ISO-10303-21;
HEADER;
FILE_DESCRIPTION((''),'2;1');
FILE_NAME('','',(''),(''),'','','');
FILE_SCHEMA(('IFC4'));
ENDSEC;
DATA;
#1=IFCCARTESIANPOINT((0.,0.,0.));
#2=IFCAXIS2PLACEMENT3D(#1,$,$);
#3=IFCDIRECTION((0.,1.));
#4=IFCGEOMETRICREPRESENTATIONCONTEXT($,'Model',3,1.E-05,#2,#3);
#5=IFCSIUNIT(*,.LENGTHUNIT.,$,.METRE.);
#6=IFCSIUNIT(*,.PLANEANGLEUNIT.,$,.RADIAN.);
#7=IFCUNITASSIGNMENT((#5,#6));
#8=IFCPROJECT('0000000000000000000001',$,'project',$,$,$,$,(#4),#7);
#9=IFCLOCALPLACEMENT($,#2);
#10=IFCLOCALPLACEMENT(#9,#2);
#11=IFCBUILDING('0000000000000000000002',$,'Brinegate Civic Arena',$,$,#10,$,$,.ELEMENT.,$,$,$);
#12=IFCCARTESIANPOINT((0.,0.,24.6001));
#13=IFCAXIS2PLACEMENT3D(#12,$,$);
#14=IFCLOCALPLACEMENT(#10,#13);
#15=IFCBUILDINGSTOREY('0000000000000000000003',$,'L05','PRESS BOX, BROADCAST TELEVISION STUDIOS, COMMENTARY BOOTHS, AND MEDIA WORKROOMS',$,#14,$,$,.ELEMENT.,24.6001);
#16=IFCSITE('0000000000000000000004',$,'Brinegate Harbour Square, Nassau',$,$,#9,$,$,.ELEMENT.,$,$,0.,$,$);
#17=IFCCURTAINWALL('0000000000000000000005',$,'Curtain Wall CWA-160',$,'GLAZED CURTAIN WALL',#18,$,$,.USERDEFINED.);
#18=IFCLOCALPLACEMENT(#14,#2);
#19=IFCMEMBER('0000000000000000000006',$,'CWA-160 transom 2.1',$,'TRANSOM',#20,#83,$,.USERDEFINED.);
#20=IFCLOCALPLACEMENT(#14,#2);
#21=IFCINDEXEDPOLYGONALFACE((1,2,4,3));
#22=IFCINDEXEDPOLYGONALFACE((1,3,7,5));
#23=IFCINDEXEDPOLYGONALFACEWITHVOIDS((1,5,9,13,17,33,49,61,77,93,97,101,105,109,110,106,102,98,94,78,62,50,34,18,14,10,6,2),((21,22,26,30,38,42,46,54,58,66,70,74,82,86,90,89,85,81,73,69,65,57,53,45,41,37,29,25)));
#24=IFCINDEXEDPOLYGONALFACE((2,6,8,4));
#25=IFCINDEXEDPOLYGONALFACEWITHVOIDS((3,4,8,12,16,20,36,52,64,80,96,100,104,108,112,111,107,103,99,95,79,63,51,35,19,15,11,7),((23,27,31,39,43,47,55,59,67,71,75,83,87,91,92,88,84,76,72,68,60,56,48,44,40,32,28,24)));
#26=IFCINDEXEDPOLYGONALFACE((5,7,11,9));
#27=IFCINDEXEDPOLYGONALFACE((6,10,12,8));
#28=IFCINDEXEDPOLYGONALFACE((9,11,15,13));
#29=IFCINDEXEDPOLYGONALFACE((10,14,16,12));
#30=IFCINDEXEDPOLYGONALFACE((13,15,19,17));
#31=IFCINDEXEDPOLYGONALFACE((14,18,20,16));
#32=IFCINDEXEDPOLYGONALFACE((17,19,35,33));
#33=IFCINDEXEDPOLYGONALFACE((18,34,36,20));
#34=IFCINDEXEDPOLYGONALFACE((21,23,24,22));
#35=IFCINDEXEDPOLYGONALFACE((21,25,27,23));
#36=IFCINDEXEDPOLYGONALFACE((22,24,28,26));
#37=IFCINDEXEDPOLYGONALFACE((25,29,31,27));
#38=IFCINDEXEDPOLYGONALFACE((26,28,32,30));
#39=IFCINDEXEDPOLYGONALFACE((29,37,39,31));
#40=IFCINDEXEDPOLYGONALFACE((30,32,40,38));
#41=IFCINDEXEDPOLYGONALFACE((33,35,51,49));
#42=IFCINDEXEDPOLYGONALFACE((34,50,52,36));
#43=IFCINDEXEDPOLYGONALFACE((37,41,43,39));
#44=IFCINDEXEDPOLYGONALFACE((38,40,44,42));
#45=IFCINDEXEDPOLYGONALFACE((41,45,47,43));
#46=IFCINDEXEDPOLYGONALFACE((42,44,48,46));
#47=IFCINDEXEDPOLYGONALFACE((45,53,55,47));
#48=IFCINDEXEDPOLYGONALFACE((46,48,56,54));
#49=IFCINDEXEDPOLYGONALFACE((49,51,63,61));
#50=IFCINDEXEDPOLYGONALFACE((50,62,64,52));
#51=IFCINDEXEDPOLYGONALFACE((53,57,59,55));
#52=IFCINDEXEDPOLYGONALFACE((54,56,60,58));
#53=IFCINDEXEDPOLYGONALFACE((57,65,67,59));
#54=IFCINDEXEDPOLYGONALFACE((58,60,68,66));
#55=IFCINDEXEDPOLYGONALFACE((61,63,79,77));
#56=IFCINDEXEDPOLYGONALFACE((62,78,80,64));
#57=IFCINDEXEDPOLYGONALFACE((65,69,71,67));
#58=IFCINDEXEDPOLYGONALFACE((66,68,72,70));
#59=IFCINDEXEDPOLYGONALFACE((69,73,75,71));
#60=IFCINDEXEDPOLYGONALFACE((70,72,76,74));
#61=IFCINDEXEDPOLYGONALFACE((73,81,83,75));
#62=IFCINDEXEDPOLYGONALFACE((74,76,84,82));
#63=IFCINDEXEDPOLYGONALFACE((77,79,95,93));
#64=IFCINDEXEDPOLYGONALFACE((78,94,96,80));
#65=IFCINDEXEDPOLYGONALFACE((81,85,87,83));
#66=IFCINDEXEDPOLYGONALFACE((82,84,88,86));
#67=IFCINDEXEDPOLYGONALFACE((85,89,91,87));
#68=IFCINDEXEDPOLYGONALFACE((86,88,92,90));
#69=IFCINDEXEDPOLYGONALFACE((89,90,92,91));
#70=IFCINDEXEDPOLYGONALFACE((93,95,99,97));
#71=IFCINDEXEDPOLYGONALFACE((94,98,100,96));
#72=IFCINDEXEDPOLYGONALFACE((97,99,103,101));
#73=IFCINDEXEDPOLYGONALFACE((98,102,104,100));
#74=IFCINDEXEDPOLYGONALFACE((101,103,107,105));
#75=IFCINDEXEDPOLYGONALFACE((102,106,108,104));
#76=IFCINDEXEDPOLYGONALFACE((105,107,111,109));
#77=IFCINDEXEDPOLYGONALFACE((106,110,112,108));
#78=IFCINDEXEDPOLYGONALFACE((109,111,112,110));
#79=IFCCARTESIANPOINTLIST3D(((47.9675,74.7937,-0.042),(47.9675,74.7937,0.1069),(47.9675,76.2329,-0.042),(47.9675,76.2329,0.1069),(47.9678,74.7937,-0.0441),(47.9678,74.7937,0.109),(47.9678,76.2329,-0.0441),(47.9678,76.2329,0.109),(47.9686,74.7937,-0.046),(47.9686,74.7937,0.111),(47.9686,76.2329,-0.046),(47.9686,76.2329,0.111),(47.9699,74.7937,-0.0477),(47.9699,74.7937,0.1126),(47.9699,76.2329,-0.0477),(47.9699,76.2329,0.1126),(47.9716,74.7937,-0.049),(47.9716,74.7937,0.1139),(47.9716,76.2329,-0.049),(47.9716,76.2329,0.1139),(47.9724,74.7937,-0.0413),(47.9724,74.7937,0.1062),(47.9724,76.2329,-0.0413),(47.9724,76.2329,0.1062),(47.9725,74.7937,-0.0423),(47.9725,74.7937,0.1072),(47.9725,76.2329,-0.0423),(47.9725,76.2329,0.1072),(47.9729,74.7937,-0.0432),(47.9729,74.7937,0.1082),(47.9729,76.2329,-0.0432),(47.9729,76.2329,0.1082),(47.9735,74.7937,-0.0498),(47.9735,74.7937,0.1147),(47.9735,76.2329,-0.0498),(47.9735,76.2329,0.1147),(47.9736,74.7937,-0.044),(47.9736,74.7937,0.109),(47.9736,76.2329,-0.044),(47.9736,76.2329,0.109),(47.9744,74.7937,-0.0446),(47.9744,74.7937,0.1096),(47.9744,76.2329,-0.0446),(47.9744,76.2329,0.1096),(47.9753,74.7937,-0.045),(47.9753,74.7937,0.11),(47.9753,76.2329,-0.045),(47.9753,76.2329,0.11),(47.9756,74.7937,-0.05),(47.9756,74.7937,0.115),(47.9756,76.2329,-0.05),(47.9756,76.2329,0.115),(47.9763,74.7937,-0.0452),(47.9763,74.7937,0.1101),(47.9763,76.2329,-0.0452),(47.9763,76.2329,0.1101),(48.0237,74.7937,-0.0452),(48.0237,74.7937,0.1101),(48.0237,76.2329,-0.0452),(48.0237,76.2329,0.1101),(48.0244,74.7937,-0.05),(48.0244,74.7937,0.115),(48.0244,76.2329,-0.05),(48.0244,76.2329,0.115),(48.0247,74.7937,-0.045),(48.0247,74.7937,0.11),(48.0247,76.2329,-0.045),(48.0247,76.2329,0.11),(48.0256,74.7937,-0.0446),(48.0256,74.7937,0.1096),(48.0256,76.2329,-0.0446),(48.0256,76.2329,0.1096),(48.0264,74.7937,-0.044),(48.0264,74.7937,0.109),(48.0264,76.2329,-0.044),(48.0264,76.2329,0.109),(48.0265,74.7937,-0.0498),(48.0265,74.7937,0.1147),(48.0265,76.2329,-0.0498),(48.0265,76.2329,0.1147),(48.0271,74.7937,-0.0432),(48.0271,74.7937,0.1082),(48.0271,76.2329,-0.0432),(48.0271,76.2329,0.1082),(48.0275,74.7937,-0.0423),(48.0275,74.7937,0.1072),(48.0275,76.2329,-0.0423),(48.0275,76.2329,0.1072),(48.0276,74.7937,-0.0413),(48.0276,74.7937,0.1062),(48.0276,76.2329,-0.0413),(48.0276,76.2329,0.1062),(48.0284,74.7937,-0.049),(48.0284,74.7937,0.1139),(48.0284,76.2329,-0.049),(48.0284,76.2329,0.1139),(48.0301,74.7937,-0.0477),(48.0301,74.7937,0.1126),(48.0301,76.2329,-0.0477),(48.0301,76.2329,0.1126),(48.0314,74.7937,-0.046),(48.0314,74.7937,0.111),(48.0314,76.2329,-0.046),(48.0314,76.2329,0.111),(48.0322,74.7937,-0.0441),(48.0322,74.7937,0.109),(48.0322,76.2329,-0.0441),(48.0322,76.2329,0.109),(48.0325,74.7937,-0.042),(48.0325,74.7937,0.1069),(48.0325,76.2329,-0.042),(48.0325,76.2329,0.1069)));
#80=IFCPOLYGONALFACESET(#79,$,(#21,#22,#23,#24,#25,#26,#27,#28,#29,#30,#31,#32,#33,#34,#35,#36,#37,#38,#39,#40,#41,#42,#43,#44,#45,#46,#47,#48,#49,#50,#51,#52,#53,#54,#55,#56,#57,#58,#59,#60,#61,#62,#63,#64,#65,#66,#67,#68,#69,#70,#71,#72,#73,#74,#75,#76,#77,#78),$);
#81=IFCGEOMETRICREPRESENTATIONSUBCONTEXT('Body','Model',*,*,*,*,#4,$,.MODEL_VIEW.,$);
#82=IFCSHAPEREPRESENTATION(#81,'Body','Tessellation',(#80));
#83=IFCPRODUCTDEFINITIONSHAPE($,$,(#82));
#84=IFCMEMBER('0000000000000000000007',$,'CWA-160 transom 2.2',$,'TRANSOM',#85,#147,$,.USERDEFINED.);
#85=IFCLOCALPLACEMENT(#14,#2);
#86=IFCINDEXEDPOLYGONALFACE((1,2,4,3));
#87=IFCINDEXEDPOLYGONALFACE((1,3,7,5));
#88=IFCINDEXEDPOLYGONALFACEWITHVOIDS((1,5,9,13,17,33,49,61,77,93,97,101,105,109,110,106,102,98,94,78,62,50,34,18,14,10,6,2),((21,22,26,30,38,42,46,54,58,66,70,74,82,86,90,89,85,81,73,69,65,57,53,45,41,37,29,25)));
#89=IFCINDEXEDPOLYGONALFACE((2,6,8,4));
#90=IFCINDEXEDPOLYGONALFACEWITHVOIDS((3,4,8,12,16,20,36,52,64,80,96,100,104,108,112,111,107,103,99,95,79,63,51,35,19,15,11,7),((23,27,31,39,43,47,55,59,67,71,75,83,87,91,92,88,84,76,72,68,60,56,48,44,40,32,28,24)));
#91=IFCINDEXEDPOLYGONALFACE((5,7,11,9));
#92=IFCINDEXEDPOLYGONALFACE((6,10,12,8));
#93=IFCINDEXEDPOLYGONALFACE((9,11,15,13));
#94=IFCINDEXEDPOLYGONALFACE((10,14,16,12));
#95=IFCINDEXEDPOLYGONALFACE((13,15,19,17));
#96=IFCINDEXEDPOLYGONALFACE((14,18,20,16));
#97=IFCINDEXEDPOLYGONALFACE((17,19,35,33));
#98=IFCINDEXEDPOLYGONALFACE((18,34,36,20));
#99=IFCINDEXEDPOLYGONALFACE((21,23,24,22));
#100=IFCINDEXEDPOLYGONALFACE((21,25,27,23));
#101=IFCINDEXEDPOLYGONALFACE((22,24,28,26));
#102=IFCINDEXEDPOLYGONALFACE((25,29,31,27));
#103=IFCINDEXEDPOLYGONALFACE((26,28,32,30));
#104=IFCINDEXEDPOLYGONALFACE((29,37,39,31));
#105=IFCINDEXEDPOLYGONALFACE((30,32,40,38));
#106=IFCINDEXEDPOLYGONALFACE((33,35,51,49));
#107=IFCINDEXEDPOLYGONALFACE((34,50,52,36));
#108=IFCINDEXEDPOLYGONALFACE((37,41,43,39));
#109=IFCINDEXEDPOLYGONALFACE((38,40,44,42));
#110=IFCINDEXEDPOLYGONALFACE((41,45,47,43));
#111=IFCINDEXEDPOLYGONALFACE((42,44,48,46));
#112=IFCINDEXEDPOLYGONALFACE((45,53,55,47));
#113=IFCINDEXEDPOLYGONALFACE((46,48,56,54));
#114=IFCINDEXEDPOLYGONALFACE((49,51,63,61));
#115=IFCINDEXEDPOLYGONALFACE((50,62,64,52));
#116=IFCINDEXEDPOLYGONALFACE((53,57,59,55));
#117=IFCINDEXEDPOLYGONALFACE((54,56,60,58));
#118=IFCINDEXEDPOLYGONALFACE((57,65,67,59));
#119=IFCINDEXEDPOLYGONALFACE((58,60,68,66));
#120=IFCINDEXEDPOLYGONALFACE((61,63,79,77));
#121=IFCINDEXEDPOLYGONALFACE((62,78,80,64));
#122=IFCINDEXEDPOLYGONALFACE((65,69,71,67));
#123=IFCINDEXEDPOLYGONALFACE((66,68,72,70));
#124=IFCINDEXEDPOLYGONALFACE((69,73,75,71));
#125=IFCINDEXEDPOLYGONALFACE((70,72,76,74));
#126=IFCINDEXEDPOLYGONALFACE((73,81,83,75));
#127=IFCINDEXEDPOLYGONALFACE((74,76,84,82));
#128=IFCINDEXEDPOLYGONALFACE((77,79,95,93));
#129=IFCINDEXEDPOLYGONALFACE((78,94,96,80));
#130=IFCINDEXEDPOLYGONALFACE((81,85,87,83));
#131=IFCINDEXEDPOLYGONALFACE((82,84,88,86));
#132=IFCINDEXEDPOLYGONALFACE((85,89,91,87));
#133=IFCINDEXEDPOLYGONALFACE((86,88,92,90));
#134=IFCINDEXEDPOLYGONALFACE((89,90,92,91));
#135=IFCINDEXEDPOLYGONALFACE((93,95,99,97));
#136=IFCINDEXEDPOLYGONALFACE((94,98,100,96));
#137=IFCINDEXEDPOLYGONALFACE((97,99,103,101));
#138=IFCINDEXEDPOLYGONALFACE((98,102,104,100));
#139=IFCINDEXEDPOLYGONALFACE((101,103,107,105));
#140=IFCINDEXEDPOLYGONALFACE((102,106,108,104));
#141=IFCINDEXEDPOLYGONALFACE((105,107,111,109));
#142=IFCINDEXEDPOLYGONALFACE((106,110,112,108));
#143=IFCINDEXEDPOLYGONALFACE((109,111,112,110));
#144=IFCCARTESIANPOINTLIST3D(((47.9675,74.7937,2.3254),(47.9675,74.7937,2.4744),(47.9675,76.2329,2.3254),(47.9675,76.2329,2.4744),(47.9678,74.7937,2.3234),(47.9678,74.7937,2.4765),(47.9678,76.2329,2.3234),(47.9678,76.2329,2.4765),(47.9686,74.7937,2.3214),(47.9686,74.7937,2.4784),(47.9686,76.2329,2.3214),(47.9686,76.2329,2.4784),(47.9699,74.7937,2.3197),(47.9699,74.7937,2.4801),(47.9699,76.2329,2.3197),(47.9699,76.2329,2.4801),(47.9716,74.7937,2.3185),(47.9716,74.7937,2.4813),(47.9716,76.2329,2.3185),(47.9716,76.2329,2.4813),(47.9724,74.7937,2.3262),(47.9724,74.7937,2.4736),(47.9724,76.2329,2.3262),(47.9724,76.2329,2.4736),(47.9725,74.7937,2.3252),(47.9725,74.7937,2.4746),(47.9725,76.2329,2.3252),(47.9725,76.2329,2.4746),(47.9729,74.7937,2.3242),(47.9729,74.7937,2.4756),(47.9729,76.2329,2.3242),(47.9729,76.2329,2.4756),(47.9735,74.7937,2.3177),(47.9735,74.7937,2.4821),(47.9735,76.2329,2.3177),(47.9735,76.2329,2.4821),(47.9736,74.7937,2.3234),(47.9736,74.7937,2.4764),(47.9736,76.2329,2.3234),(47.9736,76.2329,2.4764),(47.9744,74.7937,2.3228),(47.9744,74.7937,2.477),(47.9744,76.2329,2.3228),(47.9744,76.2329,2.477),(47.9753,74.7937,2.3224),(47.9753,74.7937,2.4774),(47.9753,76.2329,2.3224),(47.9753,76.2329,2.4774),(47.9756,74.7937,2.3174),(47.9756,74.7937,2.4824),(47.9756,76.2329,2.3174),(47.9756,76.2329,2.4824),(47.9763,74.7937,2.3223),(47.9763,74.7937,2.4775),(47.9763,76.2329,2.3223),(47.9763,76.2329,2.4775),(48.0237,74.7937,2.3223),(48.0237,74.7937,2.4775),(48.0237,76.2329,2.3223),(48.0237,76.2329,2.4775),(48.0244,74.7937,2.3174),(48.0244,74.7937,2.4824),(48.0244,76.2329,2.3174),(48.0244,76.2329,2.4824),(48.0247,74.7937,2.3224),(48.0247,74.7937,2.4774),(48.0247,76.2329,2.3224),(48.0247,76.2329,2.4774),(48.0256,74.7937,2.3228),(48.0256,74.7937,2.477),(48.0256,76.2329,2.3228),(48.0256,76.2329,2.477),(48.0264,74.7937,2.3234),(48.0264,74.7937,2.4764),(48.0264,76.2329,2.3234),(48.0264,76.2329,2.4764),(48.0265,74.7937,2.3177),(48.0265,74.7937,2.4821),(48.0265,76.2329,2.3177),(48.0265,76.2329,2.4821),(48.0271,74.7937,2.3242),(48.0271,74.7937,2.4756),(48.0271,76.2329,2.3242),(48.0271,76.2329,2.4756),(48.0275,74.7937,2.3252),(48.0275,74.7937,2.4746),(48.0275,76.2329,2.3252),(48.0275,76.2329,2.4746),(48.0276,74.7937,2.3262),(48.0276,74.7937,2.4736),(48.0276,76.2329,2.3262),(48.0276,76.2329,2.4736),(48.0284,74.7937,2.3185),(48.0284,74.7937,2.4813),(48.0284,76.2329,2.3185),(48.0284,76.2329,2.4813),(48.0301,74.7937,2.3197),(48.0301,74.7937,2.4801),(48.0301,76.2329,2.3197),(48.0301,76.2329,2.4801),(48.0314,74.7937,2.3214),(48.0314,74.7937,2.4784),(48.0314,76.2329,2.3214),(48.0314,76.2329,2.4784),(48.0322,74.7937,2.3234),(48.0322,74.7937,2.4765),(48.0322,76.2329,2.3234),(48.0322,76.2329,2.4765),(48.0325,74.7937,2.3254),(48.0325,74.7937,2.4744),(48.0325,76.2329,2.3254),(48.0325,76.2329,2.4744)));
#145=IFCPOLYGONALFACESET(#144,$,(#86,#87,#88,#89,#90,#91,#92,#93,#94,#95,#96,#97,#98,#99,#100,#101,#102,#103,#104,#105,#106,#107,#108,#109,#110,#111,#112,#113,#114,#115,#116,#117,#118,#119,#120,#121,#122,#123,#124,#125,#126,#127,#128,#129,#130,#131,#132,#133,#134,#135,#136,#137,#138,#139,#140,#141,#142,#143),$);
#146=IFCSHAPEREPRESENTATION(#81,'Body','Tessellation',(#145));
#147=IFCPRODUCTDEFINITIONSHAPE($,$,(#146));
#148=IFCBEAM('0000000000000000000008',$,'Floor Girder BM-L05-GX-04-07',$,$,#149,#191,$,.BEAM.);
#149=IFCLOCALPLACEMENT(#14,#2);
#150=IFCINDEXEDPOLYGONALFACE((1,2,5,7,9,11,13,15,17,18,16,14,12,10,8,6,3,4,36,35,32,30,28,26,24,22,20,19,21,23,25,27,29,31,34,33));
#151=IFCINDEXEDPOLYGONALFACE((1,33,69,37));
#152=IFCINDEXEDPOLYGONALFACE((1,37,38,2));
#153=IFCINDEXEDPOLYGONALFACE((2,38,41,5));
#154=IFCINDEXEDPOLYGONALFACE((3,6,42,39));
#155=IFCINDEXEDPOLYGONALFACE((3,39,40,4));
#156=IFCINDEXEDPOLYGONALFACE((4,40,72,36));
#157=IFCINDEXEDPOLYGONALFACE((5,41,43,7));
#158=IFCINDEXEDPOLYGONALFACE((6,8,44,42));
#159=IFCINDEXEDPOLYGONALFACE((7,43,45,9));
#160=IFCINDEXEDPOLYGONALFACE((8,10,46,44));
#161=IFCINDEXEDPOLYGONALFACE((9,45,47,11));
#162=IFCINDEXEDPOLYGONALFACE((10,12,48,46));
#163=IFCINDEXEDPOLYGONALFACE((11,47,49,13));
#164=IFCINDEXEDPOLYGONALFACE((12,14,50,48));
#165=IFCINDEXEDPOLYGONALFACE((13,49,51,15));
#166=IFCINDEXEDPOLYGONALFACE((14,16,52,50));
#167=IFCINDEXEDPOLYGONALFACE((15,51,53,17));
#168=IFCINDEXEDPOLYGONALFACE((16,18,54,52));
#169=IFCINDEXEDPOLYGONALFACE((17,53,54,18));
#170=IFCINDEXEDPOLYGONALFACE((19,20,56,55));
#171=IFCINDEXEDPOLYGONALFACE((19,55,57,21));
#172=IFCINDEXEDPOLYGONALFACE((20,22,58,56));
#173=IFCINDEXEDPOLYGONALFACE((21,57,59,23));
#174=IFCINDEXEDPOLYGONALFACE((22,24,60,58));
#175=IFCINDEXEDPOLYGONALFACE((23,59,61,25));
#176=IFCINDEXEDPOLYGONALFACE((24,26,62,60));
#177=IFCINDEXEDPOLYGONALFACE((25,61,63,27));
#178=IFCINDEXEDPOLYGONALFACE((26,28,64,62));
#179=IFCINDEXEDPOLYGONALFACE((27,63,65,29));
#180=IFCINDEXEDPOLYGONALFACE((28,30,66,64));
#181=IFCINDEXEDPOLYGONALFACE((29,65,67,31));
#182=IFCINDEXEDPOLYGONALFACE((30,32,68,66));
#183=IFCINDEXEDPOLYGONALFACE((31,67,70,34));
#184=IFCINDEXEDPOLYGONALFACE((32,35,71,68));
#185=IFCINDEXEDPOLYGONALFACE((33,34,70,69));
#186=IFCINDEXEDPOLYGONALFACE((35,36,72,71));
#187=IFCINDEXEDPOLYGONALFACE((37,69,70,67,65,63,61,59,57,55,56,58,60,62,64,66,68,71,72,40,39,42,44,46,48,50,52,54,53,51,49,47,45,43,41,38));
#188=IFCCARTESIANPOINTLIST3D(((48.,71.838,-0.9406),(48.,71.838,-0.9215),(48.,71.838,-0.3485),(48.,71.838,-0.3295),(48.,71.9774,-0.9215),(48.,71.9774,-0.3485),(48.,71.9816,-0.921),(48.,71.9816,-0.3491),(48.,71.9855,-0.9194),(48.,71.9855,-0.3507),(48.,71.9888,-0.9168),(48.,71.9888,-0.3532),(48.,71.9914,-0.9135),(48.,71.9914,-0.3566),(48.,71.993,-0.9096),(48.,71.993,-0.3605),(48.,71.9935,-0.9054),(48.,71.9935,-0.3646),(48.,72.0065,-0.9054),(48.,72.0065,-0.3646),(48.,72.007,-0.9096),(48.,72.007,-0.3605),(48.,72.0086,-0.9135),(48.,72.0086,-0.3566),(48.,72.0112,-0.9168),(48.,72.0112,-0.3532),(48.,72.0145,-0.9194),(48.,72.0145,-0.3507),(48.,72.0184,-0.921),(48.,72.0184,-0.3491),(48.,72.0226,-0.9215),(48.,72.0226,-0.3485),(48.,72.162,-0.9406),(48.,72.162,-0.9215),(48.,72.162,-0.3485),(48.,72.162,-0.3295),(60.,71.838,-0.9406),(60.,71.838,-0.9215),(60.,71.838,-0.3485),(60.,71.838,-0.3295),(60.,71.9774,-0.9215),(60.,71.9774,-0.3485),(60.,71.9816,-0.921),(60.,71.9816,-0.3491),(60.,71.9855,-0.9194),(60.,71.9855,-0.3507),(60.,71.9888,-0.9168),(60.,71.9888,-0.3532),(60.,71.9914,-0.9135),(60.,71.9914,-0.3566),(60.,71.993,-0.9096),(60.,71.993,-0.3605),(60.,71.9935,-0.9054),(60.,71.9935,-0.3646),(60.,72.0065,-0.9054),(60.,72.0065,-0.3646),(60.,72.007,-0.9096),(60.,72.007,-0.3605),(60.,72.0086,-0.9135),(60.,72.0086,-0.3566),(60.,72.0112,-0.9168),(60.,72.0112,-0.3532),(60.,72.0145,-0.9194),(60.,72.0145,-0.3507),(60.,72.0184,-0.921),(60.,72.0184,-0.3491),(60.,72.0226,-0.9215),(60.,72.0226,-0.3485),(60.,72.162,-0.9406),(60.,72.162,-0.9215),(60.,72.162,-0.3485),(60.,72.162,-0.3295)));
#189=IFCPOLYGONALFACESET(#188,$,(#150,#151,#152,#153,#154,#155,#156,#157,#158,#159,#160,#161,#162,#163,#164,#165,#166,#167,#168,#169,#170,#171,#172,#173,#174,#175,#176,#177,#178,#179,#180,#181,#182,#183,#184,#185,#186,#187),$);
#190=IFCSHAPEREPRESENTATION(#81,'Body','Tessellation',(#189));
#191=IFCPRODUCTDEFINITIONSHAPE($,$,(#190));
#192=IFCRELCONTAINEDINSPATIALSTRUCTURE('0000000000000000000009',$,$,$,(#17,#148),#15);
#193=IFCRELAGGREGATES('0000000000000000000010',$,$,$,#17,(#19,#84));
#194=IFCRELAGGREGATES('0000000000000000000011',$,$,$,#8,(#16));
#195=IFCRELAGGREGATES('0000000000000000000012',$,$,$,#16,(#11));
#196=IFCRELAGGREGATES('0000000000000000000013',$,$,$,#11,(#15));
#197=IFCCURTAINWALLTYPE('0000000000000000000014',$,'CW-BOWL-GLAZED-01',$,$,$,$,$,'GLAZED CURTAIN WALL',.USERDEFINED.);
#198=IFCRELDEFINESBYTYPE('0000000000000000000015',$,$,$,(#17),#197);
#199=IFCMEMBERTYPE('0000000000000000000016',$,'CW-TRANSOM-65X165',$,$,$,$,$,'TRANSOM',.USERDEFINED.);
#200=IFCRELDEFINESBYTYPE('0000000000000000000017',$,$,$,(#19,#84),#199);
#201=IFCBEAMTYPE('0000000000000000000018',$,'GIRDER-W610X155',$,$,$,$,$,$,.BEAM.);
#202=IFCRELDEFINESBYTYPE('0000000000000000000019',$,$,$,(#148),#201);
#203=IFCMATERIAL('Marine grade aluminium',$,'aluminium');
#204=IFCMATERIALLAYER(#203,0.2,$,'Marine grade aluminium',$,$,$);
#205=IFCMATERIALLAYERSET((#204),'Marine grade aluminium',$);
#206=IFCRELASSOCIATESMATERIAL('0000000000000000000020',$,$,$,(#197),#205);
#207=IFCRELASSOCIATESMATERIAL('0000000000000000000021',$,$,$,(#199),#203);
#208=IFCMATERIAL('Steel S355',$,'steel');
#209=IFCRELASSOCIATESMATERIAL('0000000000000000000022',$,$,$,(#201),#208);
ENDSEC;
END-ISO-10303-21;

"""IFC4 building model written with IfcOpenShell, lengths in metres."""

from ifc_helpers import new_model, si_unit, direction, frame, origin, origin_2d, place, context, subcontext, project, spatial, hollow_rectangle, i_section, extrude, material, layer, layer_set, material_profile, profile_set, type_object, element, aggregate, save


model = new_model("IFC4")

# Units and contexts
model_context = context("Model", 3, precision=1e-05, world=origin(), true_north=direction((0.0, 1.0)))
body_context = subcontext(model_context, "Body", "Model", "MODEL_VIEW")
ifc_project = project(units=[si_unit("LENGTHUNIT", "METRE"), si_unit("PLANEANGLEUNIT", "RADIAN")], contexts=[model_context])

# Site, building, storey
site_placement = place(None, origin())
site = spatial("IfcSite", under=ifc_project, at=site_placement, Name="Brinegate Harbour Square, Nassau", CompositionType="ELEMENT", RefElevation=0.0)
building_placement = place(site_placement, origin())
building = spatial("IfcBuilding", under=site, at=building_placement, Name="Brinegate Civic Arena", CompositionType="ELEMENT")
storey_placement = place(building_placement, frame((0.0, 0.0, 24.6001)))
storey = spatial("IfcBuildingStorey", under=building, at=storey_placement, Name="L05", Description="PRESS BOX, BROADCAST TELEVISION STUDIOS, COMMENTARY BOOTHS, AND MEDIA WORKROOMS", CompositionType="ELEMENT", Elevation=24.6001)

# Curtain wall
ifc_material_1 = material(Name="Marine grade aluminium", Category="aluminium")
ifc_layer_1 = layer(ifc_material_1, 0.2, Name="Marine grade aluminium")
ifc_layer_set_1 = layer_set([ifc_layer_1], Name="Marine grade aluminium")
curtain_wall_type = type_object("IfcCurtainWallType", Name="CW-BOWL-GLAZED-01", ElementType="GLAZED CURTAIN WALL", PredefinedType="USERDEFINED", material=ifc_layer_set_1)
curtain_wall_1_placement = place(storey_placement, origin())
curtain_wall_1 = element("IfcCurtainWall", 1, at=curtain_wall_1_placement, inside=storey, type_object=curtain_wall_type, Name="Curtain Wall CWA-160", ObjectType="GLAZED CURTAIN WALL", PredefinedType="USERDEFINED")

# Members
ifc_material_profile_1 = material_profile(ifc_material_1, hollow_rectangle(XDim=0.0649, YDim=0.165, WallThickness=0.0049, InnerFilletRadius=0.0039, OuterFilletRadius=0.0081, at=origin_2d()), Name="TRN65X165")
ifc_profile_set_1 = profile_set([ifc_material_profile_1], Name="Marine grade aluminium")
member_type_1 = type_object("IfcMemberType", Name="CW-TRANSOM-65X165", ElementType="TRANSOM", PredefinedType="USERDEFINED", material=ifc_profile_set_1)
member_1_placement = place(storey_placement, frame((48.0, 74.7937, 0.0325), z_axis=(0.0, 1.0, 0.0), x_axis=(-1.0, 0.0, 0.0)))
member_1 = element("IfcMember", 2, at=member_1_placement, type_object=member_type_1, Name="CWA-160 transom 2.1", ObjectType="TRANSOM", PredefinedType="USERDEFINED", context=body_context, shape_type="SweptSolid", body=[
    extrude(hollow_rectangle(XDim=0.0649, YDim=0.165, WallThickness=0.0049, InnerFilletRadius=0.0039, OuterFilletRadius=0.0081, at=origin_2d()), origin(), (0.0, 0.0, 1.0), 1.4392),
])
member_2_placement = place(storey_placement, frame((48.0, 74.7937, 2.3999), z_axis=(0.0, 1.0, 0.0), x_axis=(-1.0, 0.0, 0.0)))
member_2 = element("IfcMember", 3, at=member_2_placement, type_object=member_type_1, Name="CWA-160 transom 2.2", ObjectType="TRANSOM", PredefinedType="USERDEFINED", context=body_context, shape_type="SweptSolid", body=[
    extrude(hollow_rectangle(XDim=0.0649, YDim=0.165, WallThickness=0.0049, InnerFilletRadius=0.0039, OuterFilletRadius=0.0081, at=origin_2d()), origin(), (0.0, 0.0, 1.0), 1.4392),
])

# Beam
ifc_material_2 = material(Name="Steel S355", Category="steel")
ifc_material_profile_2 = material_profile(ifc_material_2, i_section(OverallWidth=0.324, OverallDepth=0.6111, WebThickness=0.0129, FlangeThickness=0.019, FilletRadius=0.0161, at=origin_2d()), Name="W610X155")
ifc_profile_set_2 = profile_set([ifc_material_profile_2], Name="Steel S355")
beam_type_1 = type_object("IfcBeamType", Name="GIRDER-W610X155", PredefinedType="BEAM", material=ifc_profile_set_2)
beam_1_placement = place(storey_placement, frame((48.0, 72.0, -0.635), z_axis=(1.0, 0.0, 0.0), x_axis=(0.0, 1.0, 0.0)))
element("IfcBeam", 4, at=beam_1_placement, inside=storey, type_object=beam_type_1, Name="Floor Girder BM-L05-GX-04-07", PredefinedType="BEAM", context=body_context, shape_type="SweptSolid", body=[
    extrude(i_section(OverallWidth=0.324, OverallDepth=0.6111, WebThickness=0.0129, FlangeThickness=0.019, FilletRadius=0.0161, at=origin_2d()), origin(), (0.0, 0.0, 1.0), 12.0),
])

aggregate(curtain_wall_1, [member_1, member_2])

save(model, "model.ifc")
